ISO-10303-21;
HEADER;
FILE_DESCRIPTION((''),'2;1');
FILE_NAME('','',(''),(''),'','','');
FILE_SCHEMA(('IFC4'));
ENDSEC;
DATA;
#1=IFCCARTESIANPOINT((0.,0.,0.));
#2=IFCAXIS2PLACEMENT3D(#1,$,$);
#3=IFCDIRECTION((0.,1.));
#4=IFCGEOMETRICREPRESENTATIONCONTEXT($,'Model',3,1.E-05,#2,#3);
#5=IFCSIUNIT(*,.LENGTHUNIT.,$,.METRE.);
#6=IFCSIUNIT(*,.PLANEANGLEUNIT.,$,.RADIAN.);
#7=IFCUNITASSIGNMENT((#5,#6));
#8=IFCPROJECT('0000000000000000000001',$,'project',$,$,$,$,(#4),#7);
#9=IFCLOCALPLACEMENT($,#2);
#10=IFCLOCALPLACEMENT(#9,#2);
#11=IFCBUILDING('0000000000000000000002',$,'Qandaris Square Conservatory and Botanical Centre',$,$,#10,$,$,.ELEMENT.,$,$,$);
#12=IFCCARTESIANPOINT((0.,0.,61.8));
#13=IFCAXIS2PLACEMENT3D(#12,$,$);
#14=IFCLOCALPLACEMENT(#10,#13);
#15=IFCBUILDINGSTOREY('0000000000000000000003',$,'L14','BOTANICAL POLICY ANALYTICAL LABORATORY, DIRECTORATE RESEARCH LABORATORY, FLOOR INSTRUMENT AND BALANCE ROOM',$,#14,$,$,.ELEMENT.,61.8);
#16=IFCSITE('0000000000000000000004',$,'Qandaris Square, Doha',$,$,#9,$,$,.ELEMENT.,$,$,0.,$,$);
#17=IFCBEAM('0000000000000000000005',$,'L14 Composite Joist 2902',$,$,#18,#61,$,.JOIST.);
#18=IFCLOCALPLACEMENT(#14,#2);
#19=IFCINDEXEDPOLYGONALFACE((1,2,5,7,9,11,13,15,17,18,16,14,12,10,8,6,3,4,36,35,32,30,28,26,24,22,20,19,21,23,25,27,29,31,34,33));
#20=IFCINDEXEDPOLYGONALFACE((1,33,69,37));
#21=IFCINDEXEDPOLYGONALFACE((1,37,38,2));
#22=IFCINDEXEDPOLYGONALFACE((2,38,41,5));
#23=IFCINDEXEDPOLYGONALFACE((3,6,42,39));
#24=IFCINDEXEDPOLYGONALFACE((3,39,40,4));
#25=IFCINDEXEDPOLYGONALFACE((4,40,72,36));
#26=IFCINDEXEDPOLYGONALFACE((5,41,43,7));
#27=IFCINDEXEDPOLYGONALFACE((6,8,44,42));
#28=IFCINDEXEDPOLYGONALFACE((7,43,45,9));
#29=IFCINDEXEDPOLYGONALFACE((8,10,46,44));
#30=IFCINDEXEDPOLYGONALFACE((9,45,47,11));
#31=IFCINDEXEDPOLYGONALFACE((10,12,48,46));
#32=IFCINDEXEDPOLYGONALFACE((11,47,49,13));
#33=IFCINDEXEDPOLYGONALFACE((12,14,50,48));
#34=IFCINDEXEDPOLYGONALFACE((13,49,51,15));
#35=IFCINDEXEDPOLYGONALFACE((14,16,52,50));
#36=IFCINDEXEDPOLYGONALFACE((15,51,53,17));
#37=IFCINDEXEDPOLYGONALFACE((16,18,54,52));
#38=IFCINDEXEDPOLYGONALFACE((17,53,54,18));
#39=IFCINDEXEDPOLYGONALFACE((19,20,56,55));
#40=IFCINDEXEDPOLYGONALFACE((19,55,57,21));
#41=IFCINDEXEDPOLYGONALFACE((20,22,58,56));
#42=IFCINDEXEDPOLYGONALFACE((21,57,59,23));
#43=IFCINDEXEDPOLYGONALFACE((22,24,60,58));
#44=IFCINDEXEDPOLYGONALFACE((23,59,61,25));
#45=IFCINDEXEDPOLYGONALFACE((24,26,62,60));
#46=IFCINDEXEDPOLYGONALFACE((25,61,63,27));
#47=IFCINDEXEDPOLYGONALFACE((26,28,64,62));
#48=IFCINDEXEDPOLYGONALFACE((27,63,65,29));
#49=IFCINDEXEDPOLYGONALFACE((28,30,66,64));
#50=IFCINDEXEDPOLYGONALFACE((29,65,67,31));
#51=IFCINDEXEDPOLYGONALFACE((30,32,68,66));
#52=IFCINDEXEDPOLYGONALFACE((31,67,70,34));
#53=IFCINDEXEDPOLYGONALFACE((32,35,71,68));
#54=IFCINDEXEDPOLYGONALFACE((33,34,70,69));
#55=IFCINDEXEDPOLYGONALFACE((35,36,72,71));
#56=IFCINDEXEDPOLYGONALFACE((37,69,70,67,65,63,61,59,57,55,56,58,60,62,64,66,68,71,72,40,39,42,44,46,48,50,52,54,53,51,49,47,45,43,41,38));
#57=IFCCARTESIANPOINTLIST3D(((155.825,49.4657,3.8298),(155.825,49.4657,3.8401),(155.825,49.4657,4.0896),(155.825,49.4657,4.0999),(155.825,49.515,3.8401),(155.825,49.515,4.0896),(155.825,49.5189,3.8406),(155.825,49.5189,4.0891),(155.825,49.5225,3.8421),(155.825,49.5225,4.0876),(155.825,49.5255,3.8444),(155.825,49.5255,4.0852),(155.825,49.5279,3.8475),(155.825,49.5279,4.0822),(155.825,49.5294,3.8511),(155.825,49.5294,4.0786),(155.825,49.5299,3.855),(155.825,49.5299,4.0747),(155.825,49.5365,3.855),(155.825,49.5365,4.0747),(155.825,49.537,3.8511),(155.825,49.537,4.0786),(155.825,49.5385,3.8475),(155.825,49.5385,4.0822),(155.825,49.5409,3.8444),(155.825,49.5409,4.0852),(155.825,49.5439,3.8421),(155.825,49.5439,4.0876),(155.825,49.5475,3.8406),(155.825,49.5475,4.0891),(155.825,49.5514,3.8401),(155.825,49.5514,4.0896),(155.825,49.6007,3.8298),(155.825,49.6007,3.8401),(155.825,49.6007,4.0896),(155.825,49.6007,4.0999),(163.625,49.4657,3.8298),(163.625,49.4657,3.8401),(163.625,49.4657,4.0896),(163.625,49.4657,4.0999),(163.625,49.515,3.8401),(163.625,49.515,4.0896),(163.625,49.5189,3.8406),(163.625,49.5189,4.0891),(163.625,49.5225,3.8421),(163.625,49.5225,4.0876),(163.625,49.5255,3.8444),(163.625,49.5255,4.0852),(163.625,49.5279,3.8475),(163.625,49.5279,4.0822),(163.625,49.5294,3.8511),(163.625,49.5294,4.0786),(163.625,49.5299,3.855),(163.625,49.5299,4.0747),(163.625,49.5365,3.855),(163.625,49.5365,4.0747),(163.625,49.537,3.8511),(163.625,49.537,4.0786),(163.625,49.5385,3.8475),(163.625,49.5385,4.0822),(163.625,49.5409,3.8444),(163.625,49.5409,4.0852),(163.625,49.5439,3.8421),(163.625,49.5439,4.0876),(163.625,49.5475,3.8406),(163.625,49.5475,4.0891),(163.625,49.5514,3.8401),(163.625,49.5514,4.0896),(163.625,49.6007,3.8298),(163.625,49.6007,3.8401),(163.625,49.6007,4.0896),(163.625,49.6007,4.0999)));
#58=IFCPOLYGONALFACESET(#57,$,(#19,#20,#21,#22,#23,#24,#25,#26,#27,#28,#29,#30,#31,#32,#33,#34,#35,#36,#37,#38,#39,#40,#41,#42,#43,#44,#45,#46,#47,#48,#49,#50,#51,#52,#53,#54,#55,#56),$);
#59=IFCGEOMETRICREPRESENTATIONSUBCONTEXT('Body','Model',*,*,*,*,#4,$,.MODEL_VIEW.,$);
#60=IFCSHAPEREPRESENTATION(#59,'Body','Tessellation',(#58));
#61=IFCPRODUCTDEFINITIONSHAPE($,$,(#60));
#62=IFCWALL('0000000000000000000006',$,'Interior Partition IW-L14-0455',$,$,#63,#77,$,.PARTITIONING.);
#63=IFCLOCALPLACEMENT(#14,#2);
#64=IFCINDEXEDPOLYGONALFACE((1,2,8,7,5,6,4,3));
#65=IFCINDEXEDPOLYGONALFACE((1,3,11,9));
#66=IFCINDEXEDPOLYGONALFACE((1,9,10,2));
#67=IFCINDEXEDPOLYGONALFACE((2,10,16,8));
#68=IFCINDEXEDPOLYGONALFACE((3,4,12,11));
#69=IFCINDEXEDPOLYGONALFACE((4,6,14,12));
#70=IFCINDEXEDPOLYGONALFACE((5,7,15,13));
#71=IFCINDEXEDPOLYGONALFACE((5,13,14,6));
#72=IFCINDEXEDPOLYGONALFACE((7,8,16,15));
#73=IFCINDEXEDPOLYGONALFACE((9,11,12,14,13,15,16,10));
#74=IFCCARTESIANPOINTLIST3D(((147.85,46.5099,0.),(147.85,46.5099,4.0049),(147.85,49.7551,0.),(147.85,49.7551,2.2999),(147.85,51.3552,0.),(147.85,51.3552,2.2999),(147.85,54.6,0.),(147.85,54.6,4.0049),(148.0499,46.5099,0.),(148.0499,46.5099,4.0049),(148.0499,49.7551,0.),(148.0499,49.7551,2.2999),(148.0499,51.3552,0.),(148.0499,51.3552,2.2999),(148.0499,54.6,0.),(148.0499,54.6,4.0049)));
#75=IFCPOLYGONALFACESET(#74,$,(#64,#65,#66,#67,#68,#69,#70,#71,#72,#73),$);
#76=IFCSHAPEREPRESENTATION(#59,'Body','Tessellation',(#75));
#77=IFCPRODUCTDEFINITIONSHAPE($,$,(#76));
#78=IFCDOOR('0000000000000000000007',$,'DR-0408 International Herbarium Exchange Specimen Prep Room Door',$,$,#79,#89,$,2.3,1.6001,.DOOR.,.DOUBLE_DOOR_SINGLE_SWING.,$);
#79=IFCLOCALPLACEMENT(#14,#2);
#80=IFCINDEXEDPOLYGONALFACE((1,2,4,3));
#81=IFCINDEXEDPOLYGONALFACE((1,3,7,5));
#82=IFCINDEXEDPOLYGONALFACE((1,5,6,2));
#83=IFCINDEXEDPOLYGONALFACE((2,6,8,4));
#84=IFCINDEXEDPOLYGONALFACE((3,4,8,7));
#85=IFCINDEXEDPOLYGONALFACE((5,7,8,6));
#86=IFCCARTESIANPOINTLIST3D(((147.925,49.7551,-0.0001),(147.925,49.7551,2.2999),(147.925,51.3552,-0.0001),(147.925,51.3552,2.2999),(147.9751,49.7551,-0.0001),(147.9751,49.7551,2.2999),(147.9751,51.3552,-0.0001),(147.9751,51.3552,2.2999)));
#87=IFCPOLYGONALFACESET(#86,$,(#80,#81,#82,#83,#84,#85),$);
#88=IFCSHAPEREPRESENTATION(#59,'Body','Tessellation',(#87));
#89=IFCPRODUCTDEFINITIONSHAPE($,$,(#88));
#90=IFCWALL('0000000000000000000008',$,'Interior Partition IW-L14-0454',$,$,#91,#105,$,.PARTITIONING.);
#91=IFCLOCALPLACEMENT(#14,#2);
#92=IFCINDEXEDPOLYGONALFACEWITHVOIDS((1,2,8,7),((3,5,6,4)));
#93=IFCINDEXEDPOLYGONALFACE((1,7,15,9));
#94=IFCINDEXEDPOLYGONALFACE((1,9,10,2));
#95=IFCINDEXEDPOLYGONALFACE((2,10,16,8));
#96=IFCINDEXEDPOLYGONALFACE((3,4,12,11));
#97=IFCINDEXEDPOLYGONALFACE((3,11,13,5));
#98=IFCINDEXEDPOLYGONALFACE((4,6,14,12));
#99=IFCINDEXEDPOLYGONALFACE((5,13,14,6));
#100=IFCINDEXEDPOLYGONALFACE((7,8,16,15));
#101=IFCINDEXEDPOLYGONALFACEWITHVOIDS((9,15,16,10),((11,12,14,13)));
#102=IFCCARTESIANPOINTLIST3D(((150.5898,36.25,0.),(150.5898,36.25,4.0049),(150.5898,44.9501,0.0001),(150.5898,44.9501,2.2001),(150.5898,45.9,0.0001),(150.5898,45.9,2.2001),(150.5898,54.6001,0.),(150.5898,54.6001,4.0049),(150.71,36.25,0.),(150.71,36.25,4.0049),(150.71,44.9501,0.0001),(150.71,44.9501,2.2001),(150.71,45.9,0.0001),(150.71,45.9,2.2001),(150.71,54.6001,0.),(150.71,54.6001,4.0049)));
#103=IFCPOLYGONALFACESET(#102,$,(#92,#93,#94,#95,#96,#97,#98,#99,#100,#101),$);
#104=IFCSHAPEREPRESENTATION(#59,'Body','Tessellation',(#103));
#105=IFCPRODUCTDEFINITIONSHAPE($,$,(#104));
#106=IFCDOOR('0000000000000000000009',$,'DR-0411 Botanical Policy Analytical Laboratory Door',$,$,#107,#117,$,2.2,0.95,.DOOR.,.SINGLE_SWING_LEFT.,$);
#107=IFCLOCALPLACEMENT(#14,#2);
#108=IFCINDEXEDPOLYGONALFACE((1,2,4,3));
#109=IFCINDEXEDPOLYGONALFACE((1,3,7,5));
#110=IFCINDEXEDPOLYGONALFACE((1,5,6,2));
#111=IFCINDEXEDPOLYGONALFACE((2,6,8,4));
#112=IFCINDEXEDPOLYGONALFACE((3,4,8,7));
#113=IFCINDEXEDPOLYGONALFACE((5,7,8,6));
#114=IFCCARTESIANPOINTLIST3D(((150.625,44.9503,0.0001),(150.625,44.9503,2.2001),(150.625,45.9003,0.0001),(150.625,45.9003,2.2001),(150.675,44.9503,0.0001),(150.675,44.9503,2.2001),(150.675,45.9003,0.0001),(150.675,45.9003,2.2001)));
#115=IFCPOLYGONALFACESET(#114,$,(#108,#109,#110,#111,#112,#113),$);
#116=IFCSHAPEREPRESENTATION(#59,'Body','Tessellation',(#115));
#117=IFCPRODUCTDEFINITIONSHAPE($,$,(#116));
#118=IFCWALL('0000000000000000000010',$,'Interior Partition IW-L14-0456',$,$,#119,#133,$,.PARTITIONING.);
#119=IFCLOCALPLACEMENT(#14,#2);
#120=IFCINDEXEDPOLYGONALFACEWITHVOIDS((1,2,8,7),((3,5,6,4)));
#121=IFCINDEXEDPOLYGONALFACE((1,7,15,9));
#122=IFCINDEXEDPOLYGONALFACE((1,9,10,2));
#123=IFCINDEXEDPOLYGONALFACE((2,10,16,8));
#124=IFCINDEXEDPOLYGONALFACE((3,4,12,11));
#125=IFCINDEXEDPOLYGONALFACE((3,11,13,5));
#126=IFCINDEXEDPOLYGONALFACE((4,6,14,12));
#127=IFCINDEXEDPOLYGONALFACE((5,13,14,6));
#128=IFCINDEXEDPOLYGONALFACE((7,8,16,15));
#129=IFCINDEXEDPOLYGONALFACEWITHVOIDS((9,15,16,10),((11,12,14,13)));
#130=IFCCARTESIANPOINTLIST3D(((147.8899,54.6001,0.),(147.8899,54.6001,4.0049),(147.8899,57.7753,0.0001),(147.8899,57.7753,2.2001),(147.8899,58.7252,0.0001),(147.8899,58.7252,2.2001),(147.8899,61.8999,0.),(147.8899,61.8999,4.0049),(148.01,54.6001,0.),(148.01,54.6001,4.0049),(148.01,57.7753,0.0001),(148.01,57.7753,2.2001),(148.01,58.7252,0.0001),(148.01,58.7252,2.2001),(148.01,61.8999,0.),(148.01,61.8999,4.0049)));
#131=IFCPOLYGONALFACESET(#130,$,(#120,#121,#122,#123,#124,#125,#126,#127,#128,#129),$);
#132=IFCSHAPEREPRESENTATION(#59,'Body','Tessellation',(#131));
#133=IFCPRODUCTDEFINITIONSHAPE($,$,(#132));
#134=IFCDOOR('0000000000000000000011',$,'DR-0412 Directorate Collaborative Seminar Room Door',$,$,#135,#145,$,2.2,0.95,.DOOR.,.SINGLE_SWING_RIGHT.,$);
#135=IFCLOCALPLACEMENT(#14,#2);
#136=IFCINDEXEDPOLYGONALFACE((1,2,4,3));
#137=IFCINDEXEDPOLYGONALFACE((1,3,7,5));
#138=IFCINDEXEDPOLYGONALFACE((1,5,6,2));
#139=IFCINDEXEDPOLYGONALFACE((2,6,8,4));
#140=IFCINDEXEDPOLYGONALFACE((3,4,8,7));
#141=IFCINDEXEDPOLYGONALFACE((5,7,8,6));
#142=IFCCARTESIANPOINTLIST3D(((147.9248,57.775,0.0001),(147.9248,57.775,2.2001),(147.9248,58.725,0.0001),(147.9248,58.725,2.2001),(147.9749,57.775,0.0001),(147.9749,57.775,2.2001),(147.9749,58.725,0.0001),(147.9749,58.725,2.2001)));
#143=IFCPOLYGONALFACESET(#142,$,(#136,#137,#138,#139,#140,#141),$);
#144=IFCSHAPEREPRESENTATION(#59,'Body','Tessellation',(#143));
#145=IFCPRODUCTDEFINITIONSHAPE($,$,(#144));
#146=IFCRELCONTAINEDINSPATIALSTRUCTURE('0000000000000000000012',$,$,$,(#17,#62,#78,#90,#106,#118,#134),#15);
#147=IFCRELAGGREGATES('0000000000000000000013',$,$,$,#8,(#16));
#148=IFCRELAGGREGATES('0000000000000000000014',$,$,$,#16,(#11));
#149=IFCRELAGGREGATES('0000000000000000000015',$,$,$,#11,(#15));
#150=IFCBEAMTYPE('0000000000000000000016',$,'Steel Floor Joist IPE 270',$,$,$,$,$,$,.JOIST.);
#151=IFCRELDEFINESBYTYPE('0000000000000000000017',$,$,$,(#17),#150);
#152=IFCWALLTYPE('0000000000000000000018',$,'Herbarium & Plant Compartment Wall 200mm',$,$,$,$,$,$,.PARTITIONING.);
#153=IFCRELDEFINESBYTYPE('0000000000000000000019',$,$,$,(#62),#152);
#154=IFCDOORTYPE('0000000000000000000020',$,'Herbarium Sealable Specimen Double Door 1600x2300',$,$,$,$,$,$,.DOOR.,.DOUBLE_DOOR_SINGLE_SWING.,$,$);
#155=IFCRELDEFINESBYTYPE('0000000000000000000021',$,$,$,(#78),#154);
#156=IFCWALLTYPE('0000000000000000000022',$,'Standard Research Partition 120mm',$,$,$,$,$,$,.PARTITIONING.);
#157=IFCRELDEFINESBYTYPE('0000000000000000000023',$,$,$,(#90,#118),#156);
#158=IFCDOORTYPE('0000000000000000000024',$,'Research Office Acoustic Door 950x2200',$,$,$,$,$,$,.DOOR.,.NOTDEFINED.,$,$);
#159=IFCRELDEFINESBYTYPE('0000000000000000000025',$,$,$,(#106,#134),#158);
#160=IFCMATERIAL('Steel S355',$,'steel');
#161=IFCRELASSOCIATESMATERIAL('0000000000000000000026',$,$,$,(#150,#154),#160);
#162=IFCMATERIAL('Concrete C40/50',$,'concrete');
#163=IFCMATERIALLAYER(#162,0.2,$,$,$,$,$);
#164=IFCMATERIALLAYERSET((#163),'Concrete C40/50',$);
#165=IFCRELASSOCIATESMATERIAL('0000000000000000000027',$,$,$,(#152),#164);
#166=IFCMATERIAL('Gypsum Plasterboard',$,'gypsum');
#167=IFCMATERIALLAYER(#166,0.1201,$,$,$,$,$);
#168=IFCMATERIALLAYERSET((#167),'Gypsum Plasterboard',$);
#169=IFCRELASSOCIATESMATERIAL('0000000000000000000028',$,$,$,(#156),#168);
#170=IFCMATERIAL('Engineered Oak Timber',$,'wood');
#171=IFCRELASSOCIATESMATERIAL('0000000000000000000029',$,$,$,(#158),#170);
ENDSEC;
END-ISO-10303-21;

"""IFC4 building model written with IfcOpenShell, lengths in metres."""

from ifc_helpers import new_model, si_unit, direction, frame, frame_2d, origin, origin_2d, place, context, subcontext, project, spatial, rectangle, i_section, extrude, material, layer, layer_set, material_profile, profile_set, type_object, element, fill, save


model = new_model("IFC4")

# Units and contexts
model_context = context("Model", 3, precision=1e-05, world=origin(), true_north=direction((0.0, 1.0)))
body_context = subcontext(model_context, "Body", "Model", "MODEL_VIEW")
ifc_project = project(units=[si_unit("LENGTHUNIT", "METRE"), si_unit("PLANEANGLEUNIT", "RADIAN")], contexts=[model_context])

# Site, building, storey
site_placement = place(None, origin())
site = spatial("IfcSite", under=ifc_project, at=site_placement, Name="Qandaris Square, Doha", CompositionType="ELEMENT", RefElevation=0.0)
building_placement = place(site_placement, origin())
building = spatial("IfcBuilding", under=site, at=building_placement, Name="Qandaris Square Conservatory and Botanical Centre", CompositionType="ELEMENT")
storey_placement = place(building_placement, frame((0.0, 0.0, 61.8)))
storey = spatial("IfcBuildingStorey", under=building, at=storey_placement, Name="L14", Description="BOTANICAL POLICY ANALYTICAL LABORATORY, DIRECTORATE RESEARCH LABORATORY, FLOOR INSTRUMENT AND BALANCE ROOM", CompositionType="ELEMENT", Elevation=61.8)

# Shared definitions
ifc_material_1 = material(Name="Steel S355", Category="steel")

# Beam
ifc_material_profile_1 = material_profile(ifc_material_1, i_section(OverallWidth=0.135, OverallDepth=0.27, WebThickness=0.0066, FlangeThickness=0.0103, FilletRadius=0.0149, at=origin_2d()), Name="IPE 270")
ifc_profile_set_1 = profile_set([ifc_material_profile_1], Name="Steel S355")
beam_type_1 = type_object("IfcBeamType", Name="Steel Floor Joist IPE 270", PredefinedType="JOIST", material=ifc_profile_set_1)
for number, where, z_axis, x_axis, name in (
    (1, (155.825, 49.5332, 3.9648), (1.0, 0.0, 0.0), (0.0, 1.0, 0.0), "L14 Composite Joist 2902"),
):
    element("IfcBeam", number, at=place(storey_placement, frame(where, z_axis=z_axis, x_axis=x_axis)), inside=storey, type_object=beam_type_1, Name=name, PredefinedType="JOIST", context=body_context, shape_type="SweptSolid", body=[
        extrude(i_section(OverallWidth=0.135, OverallDepth=0.27, WebThickness=0.0066, FlangeThickness=0.0103, FilletRadius=0.0149, at=origin_2d()), origin(), (0.0, 0.0, 1.0), 7.8),
    ])

# Walls, openings, doors
ifc_material_2 = material(Name="Concrete C40/50", Category="concrete")
ifc_layer_1 = layer(ifc_material_2, 0.2)
ifc_layer_set_1 = layer_set([ifc_layer_1], Name="Concrete C40/50")
wall_type_1 = type_object("IfcWallType", Name="Herbarium & Plant Compartment Wall 200mm", PredefinedType="PARTITIONING", material=ifc_layer_set_1)
wall_1_placement = place(storey_placement, frame((147.95, 46.51, 0.0), z_axis=(0.0, 0.0, 1.0), x_axis=(0.0, 1.0, 0.0)))
wall_1 = element("IfcWall", 2, at=wall_1_placement, inside=storey, type_object=wall_type_1, Name="Interior Partition IW-L14-0455", PredefinedType="PARTITIONING", context=body_context, shape_type="SweptSolid", body=[
    extrude(rectangle(XDim=8.0901, YDim=0.2, at=frame_2d((4.0449, 0.0))), origin(), (0.0, 0.0, 1.0), 4.0049),
])
opening_1_placement = place(wall_1_placement, frame((3.2451, 0.0, 0.0)))
opening_1 = element("IfcOpeningElement", 3, at=opening_1_placement, cuts=wall_1, PredefinedType="OPENING", context=body_context, shape_type="SweptSolid", body=[
    extrude(rectangle(XDim=1.6001, YDim=2.3, at=frame_2d((0.8, 1.1499))), frame((0.0, 0.1118, 0.0), z_axis=(0.0, -1.0, 0.0), x_axis=(1.0, 0.0, 0.0)), (0.0, 0.0, 1.0), 0.2239),
])
door_type_1 = type_object("IfcDoorType", Name="Herbarium Sealable Specimen Double Door 1600x2300", OperationType="DOUBLE_DOOR_SINGLE_SWING", PredefinedType="DOOR", material=ifc_material_1)
door_1_placement = place(opening_1_placement, origin())
door_1 = element("IfcDoor", 4, at=door_1_placement, inside=storey, type_object=door_type_1, Name="DR-0408 International Herbarium Exchange Specimen Prep Room Door", OperationType="DOUBLE_DOOR_SINGLE_SWING", OverallHeight=2.3, OverallWidth=1.6001, PredefinedType="DOOR", context=body_context, shape_type="SweptSolid", body=[
    extrude(rectangle(XDim=1.6001, YDim=2.3, at=frame_2d((0.8, 1.1499))), frame((0.0, 0.0249, 0.0), z_axis=(0.0, -1.0, 0.0), x_axis=(1.0, 0.0, 0.0)), (0.0, 0.0, 1.0), 0.05),
])
fill(opening_1, door_1)
ifc_material_3 = material(Name="Gypsum Plasterboard", Category="gypsum")
ifc_layer_2 = layer(ifc_material_3, 0.1201)
ifc_layer_set_2 = layer_set([ifc_layer_2], Name="Gypsum Plasterboard")
wall_type_2 = type_object("IfcWallType", Name="Standard Research Partition 120mm", PredefinedType="PARTITIONING", material=ifc_layer_set_2)
ifc_material_4 = material(Name="Engineered Oak Timber", Category="wood")
wall_2_placement = place(storey_placement, frame((150.6499, 54.6001, 0.0), z_axis=(0.0, 0.0, 1.0), x_axis=(0.0, -1.0, 0.0)))
wall_2 = element("IfcWall", 5, at=wall_2_placement, inside=storey, type_object=wall_type_2, Name="Interior Partition IW-L14-0454", PredefinedType="PARTITIONING", context=body_context, shape_type="SweptSolid", body=[
    extrude(rectangle(XDim=18.3501, YDim=0.1201, at=frame_2d((9.175, 0.0))), origin(), (0.0, 0.0, 1.0), 4.0049),
])
opening_2_placement = place(wall_2_placement, frame((8.7, 0.0, 0.0)))
opening_2 = element("IfcOpeningElement", 6, at=opening_2_placement, cuts=wall_2, PredefinedType="OPENING", context=body_context, shape_type="SweptSolid", body=[
    extrude(rectangle(XDim=0.95, YDim=2.2, at=frame_2d((0.4751, 1.1001))), frame((0.0, 0.072, 0.0), z_axis=(0.0, -1.0, 0.0), x_axis=(1.0, 0.0, 0.0)), (0.0, 0.0, 1.0), 0.144),
])
door_type_2 = type_object("IfcDoorType", Name="Research Office Acoustic Door 950x2200", OperationType="NOTDEFINED", PredefinedType="DOOR", material=ifc_material_4)
door_2_placement = place(opening_2_placement, frame((0.95, 0.0, 0.0), z_axis=(0.0, 0.0, 1.0), x_axis=(-1.0, 0.0, 0.0)))
door_2 = element("IfcDoor", 7, at=door_2_placement, inside=storey, type_object=door_type_2, Name="DR-0411 Botanical Policy Analytical Laboratory Door", OperationType="SINGLE_SWING_LEFT", OverallHeight=2.2, OverallWidth=0.95, PredefinedType="DOOR", context=body_context, shape_type="SweptSolid", body=[
    extrude(rectangle(XDim=0.95, YDim=2.2, at=frame_2d((0.4751, 1.1001))), frame((0.0, 0.0249, 0.0), z_axis=(0.0, -1.0, 0.0), x_axis=(1.0, 0.0, 0.0)), (0.0, 0.0, 1.0), 0.05),
])
fill(opening_2, door_2)
wall_3_placement = place(storey_placement, frame((147.95, 54.6001, 0.0), z_axis=(0.0, 0.0, 1.0), x_axis=(0.0, 1.0, 0.0)))
wall_3 = element("IfcWall", 8, at=wall_3_placement, inside=storey, type_object=wall_type_2, Name="Interior Partition IW-L14-0456", PredefinedType="PARTITIONING", context=body_context, shape_type="SweptSolid", body=[
    extrude(rectangle(XDim=7.2998, YDim=0.1201, at=frame_2d((3.6499, 0.0))), origin(), (0.0, 0.0, 1.0), 4.0049),
])
opening_3_placement = place(wall_3_placement, frame((3.175, 0.0, 0.0)))
opening_3 = element("IfcOpeningElement", 9, at=opening_3_placement, cuts=wall_3, PredefinedType="OPENING", context=body_context, shape_type="SweptSolid", body=[
    extrude(rectangle(XDim=0.95, YDim=2.2, at=frame_2d((0.4751, 1.1001))), frame((0.0, 0.072, 0.0), z_axis=(0.0, -1.0, 0.0), x_axis=(1.0, 0.0, 0.0)), (0.0, 0.0, 1.0), 0.144),
])
door_3_placement = place(opening_3_placement, frame((0.95, 0.0, 0.0), z_axis=(0.0, 0.0, 1.0), x_axis=(-1.0, 0.0, 0.0)))
door_3 = element("IfcDoor", 10, at=door_3_placement, inside=storey, type_object=door_type_2, Name="DR-0412 Directorate Collaborative Seminar Room Door", OperationType="SINGLE_SWING_RIGHT", OverallHeight=2.2, OverallWidth=0.95, PredefinedType="DOOR", context=body_context, shape_type="SweptSolid", body=[
    extrude(rectangle(XDim=0.95, YDim=2.2, at=frame_2d((0.4751, 1.1001))), frame((0.0, 0.0249, 0.0), z_axis=(0.0, -1.0, 0.0), x_axis=(1.0, 0.0, 0.0)), (0.0, 0.0, 1.0), 0.05),
])
fill(opening_3, door_3)

save(model, "model.ifc")
